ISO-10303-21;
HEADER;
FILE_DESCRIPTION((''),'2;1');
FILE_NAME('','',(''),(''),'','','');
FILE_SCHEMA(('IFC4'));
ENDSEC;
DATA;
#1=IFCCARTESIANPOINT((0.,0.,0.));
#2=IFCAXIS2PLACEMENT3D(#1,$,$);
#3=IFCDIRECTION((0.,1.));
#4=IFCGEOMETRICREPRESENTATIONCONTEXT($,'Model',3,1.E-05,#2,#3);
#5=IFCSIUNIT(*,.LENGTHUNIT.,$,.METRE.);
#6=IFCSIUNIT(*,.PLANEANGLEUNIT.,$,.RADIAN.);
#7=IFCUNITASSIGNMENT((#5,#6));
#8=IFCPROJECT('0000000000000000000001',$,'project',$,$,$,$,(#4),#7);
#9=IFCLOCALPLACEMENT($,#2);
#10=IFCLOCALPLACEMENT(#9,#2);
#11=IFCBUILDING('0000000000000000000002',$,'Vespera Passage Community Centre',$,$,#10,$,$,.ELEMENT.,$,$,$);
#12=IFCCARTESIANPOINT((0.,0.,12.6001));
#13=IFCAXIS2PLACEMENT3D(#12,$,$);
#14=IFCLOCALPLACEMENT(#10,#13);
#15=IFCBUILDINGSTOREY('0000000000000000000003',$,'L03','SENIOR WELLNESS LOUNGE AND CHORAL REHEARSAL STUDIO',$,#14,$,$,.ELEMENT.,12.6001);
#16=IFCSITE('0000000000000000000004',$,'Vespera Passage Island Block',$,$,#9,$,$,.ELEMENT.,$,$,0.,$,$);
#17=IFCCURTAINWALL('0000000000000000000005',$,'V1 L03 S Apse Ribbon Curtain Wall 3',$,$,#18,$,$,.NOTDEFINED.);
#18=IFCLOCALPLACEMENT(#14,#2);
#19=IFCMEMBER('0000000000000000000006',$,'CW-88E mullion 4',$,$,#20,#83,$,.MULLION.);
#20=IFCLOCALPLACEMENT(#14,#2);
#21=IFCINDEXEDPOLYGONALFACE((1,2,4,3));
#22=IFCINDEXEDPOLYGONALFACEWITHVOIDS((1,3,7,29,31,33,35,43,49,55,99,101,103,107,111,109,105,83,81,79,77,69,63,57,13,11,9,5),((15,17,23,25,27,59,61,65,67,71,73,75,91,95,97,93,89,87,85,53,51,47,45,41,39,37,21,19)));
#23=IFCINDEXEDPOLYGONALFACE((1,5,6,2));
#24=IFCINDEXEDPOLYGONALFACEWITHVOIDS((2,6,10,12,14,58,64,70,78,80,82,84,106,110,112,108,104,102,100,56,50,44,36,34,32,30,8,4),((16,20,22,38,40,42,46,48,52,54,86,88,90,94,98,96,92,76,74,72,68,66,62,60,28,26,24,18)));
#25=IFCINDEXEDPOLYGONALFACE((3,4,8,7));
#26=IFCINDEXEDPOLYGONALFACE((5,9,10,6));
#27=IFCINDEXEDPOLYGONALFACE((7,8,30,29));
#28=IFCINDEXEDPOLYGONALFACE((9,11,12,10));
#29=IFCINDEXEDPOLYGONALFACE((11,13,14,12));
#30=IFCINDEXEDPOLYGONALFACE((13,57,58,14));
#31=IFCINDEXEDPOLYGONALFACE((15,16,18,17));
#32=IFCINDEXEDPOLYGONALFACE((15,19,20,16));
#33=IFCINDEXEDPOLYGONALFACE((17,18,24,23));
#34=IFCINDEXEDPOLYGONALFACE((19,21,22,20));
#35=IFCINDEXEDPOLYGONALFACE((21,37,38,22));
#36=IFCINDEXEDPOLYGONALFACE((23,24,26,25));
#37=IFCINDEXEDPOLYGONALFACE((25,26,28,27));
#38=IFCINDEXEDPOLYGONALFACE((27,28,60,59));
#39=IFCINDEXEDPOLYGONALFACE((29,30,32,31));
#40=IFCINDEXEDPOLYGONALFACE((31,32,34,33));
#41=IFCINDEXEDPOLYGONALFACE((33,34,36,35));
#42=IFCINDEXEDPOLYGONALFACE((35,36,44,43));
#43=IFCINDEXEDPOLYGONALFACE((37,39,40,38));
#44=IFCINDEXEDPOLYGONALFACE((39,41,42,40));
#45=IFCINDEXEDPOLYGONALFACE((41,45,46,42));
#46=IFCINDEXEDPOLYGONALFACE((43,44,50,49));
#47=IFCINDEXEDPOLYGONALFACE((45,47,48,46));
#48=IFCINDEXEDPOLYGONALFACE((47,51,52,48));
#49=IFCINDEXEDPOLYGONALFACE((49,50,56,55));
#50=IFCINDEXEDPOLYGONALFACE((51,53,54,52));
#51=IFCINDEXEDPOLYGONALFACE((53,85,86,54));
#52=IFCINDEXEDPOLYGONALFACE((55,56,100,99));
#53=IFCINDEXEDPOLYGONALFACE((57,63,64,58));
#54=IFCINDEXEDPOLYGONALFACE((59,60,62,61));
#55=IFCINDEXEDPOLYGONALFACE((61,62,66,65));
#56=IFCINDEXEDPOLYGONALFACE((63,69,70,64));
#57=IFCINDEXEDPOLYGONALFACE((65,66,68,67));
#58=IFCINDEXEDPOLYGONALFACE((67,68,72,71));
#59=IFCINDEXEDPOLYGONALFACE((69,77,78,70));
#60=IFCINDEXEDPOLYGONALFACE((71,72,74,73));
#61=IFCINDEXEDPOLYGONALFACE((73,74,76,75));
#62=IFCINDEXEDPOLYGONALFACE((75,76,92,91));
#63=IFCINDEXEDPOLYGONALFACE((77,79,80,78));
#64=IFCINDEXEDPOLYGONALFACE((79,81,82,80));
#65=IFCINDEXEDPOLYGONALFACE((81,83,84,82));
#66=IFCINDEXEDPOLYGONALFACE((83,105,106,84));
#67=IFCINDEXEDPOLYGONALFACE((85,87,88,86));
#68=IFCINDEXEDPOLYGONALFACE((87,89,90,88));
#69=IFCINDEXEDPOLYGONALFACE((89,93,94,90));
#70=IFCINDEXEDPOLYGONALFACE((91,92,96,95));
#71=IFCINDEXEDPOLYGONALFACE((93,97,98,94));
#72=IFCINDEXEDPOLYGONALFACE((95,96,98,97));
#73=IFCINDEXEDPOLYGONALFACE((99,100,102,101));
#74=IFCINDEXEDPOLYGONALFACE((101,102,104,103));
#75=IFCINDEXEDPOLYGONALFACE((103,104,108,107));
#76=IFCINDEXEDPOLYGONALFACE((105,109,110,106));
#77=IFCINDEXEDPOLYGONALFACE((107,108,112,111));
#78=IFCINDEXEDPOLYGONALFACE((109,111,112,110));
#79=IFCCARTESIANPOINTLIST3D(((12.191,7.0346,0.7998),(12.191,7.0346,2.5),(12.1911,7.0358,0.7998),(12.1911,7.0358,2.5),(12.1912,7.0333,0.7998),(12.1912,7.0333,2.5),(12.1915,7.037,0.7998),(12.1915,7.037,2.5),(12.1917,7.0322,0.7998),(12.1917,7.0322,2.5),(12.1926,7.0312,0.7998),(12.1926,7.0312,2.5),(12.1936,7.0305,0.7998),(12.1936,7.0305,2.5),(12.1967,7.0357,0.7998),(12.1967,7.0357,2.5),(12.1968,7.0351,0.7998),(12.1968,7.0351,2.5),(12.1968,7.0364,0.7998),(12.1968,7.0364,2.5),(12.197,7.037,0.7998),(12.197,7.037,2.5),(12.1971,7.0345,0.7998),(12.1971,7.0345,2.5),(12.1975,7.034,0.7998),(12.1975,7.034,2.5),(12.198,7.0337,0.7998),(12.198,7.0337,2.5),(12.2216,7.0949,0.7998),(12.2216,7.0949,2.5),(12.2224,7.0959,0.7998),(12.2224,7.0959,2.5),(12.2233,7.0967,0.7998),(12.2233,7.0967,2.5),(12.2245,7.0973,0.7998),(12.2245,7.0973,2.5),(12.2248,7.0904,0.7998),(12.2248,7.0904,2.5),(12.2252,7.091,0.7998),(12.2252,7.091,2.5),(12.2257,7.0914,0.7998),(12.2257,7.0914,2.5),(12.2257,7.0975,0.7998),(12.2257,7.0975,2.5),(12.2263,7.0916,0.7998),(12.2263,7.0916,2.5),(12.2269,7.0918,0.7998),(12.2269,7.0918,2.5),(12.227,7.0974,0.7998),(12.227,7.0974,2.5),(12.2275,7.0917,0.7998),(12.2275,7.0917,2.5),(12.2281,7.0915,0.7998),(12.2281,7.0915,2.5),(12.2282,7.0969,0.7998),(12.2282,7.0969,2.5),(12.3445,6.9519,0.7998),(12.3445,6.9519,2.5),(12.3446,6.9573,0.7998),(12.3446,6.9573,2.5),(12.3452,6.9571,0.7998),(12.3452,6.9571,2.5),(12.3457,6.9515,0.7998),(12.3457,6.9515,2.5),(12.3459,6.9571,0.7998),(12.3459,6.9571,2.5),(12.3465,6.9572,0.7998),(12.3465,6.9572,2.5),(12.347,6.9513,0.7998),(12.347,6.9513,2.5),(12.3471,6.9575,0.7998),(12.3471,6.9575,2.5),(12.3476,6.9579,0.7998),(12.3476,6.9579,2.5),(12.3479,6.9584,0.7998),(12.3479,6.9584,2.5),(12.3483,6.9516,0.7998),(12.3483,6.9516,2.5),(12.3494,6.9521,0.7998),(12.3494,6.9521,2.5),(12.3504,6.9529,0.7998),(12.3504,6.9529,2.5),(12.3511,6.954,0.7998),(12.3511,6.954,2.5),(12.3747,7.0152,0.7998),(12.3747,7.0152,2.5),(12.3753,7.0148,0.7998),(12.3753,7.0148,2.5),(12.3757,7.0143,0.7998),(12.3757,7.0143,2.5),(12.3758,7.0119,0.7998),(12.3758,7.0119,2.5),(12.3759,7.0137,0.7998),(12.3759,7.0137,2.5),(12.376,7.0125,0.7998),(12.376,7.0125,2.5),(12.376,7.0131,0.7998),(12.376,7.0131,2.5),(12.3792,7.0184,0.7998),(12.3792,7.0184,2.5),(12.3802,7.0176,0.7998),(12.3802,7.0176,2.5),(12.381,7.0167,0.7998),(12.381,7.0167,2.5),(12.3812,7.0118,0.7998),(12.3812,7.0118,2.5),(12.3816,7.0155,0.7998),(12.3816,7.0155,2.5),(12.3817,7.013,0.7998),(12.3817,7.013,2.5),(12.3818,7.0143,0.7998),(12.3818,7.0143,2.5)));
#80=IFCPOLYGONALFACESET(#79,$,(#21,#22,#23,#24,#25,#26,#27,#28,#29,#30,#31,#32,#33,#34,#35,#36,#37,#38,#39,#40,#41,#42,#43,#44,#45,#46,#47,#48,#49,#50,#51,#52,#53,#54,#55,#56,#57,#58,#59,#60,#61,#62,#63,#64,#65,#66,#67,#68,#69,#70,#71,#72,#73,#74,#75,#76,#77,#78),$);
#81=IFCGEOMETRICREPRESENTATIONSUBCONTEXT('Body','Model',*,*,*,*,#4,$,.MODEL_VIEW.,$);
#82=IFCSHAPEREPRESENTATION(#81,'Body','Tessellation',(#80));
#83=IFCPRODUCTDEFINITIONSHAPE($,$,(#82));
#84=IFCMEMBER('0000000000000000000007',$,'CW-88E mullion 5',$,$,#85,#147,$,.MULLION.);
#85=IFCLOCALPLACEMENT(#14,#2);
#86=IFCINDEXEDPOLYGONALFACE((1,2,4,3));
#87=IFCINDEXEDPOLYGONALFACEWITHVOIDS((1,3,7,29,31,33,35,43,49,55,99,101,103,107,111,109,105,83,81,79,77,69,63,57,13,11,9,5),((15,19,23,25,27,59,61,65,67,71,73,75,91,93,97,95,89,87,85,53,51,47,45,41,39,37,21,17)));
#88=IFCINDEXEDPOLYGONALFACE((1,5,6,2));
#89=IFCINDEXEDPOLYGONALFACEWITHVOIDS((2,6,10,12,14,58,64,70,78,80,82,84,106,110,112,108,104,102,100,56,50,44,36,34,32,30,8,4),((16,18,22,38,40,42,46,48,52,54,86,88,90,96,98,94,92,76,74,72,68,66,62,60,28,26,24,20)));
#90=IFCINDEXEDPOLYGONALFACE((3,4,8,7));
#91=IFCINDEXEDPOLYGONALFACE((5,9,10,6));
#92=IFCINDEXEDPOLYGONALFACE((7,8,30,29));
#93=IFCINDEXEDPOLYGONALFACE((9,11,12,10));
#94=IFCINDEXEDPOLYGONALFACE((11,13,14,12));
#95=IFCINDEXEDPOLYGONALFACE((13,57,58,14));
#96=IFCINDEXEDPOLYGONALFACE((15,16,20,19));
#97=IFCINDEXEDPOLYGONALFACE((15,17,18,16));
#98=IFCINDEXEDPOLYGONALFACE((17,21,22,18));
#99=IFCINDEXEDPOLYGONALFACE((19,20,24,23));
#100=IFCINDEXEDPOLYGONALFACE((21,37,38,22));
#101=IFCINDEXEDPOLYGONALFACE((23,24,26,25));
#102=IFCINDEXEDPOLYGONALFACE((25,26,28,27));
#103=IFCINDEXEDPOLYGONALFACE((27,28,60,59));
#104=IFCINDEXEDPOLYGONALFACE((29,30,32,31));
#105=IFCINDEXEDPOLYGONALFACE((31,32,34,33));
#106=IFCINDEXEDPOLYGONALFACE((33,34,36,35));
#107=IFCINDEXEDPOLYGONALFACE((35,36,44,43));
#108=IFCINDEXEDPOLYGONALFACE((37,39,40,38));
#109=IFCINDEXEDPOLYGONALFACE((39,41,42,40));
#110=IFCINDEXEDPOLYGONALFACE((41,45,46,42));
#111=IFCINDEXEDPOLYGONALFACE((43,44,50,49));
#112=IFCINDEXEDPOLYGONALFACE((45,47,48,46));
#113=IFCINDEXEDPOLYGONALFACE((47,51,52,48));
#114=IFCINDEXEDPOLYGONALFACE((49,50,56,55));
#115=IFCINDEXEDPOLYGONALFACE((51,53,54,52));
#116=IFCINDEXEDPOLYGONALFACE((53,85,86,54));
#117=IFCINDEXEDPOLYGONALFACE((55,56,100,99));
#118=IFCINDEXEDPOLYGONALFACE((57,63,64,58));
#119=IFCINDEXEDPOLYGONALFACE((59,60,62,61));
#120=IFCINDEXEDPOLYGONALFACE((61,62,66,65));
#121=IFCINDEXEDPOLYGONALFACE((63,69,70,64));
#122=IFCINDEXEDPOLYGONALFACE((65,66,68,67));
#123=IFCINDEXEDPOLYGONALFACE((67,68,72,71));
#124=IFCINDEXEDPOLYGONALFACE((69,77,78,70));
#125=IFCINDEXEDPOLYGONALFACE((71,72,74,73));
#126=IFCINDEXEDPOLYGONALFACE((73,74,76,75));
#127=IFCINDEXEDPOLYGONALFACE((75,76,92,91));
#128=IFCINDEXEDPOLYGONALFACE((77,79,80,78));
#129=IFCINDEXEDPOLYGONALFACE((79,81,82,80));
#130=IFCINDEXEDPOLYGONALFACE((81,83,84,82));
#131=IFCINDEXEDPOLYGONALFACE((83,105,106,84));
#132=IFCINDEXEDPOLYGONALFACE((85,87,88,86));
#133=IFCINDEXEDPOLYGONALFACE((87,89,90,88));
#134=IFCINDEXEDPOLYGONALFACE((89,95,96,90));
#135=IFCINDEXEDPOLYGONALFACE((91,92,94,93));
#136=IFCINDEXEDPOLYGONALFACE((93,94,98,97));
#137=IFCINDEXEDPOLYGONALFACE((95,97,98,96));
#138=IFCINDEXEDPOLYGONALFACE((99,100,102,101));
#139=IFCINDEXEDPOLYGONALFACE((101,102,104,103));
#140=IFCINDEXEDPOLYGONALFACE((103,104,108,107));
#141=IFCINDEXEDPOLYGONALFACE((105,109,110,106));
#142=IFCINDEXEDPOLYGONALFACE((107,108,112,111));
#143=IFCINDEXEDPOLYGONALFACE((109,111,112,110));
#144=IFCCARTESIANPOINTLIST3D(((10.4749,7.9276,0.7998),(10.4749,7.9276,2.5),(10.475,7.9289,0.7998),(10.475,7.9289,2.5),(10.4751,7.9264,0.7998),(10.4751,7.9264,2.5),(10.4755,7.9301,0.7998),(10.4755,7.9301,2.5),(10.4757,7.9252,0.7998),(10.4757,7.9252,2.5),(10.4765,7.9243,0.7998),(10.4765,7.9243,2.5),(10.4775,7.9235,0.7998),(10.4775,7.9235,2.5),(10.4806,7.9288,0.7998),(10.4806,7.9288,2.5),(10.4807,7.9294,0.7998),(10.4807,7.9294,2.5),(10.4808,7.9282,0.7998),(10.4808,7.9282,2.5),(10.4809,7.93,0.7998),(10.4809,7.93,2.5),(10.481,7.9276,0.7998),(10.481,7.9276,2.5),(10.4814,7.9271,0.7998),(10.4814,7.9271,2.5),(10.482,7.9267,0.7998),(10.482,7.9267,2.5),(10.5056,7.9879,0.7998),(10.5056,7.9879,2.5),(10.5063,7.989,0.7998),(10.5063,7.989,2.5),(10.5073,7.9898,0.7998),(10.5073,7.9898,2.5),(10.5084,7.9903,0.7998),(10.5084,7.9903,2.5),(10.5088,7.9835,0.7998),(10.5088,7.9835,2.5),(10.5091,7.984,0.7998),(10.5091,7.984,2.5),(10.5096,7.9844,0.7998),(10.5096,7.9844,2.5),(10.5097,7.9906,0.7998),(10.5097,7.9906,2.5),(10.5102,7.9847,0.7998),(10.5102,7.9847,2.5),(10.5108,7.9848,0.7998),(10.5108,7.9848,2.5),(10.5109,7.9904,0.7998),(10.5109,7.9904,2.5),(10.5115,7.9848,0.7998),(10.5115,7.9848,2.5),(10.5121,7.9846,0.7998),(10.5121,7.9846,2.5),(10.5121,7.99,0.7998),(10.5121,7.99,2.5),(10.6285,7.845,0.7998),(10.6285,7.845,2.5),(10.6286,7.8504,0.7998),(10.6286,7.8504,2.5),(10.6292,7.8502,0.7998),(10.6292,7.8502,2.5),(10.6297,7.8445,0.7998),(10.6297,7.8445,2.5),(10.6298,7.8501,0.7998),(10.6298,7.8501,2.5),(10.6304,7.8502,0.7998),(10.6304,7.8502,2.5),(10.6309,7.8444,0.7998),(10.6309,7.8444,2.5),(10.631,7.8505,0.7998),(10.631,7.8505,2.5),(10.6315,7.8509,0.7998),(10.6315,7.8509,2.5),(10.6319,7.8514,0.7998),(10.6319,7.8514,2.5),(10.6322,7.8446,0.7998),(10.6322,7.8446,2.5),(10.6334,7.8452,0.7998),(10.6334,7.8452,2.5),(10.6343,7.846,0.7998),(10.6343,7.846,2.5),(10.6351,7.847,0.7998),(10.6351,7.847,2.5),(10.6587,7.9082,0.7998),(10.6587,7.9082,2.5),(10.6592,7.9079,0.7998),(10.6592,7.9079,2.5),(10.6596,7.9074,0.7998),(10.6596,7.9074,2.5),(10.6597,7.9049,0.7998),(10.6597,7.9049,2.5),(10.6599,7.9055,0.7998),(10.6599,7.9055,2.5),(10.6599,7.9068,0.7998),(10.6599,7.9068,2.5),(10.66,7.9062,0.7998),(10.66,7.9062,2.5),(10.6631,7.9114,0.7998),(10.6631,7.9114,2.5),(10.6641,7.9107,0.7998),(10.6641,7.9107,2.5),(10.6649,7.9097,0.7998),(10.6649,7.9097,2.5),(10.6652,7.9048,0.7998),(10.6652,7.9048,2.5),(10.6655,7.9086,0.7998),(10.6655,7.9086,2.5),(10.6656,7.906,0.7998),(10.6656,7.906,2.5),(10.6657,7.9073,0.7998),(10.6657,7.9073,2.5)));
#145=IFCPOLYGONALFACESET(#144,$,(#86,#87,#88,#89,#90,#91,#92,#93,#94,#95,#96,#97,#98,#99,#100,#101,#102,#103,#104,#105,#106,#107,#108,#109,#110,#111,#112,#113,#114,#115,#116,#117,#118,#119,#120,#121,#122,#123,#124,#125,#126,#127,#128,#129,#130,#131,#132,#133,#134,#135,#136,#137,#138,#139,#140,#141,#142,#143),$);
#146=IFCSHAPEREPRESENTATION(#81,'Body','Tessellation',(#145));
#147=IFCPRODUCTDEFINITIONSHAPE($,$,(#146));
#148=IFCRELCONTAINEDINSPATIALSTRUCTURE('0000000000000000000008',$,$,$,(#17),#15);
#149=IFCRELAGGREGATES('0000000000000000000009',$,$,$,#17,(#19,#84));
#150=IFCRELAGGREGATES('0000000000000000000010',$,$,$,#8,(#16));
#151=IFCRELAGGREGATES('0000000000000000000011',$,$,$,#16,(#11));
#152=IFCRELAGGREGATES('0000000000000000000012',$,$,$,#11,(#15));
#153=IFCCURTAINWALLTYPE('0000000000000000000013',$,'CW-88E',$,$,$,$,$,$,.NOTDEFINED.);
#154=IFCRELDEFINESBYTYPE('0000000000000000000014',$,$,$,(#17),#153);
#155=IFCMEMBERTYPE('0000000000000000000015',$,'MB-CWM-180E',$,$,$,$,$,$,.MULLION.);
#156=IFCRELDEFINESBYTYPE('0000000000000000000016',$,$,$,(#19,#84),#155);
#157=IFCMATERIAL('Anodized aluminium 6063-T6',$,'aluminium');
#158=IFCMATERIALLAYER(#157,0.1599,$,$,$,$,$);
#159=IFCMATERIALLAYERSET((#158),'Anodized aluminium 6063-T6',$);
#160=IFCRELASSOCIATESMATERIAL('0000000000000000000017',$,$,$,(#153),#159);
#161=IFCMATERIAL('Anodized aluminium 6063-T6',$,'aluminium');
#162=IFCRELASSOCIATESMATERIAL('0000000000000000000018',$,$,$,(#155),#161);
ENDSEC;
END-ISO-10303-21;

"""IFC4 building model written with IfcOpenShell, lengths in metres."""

from ifc_helpers import new_model, si_unit, direction, frame, origin, origin_2d, place, context, subcontext, project, spatial, hollow_rectangle, extrude, material, layer, layer_set, material_profile, profile_set, type_object, element, aggregate, save


model = new_model("IFC4")

# Units and contexts
model_context = context("Model", 3, precision=1e-05, world=origin(), true_north=direction((0.0, 1.0)))
body_context = subcontext(model_context, "Body", "Model", "MODEL_VIEW")
ifc_project = project(units=[si_unit("LENGTHUNIT", "METRE"), si_unit("PLANEANGLEUNIT", "RADIAN")], contexts=[model_context])

# Site, building, storey
site_placement = place(None, origin())
site = spatial("IfcSite", under=ifc_project, at=site_placement, Name="Vespera Passage Island Block", CompositionType="ELEMENT", RefElevation=0.0)
building_placement = place(site_placement, origin())
building = spatial("IfcBuilding", under=site, at=building_placement, Name="Vespera Passage Community Centre", CompositionType="ELEMENT")
storey_placement = place(building_placement, frame((0.0, 0.0, 12.6001)))
storey = spatial("IfcBuildingStorey", under=building, at=storey_placement, Name="L03", Description="SENIOR WELLNESS LOUNGE AND CHORAL REHEARSAL STUDIO", CompositionType="ELEMENT", Elevation=12.6001)

# Curtain wall, members
ifc_material_1 = material(Name="Anodized aluminium 6063-T6", Category="aluminium")
ifc_layer_1 = layer(ifc_material_1, 0.1599)
ifc_layer_set_1 = layer_set([ifc_layer_1], Name="Anodized aluminium 6063-T6")
curtain_wall_type = type_object("IfcCurtainWallType", Name="CW-88E", PredefinedType="NOTDEFINED", material=ifc_layer_set_1)
curtain_wall_placement = place(storey_placement, origin())
curtain_wall = element("IfcCurtainWall", 1, at=curtain_wall_placement, inside=storey, type_object=curtain_wall_type, Name="V1 L03 S Apse Ribbon Curtain Wall 3", PredefinedType="NOTDEFINED")
ifc_material_2 = material(Name="Anodized aluminium 6063-T6", Category="aluminium")
ifc_material_profile_1 = material_profile(ifc_material_2, hollow_rectangle(XDim=0.075, YDim=0.1799, WallThickness=0.0049, InnerFilletRadius=0.0024, OuterFilletRadius=0.0049, at=origin_2d()), Name="ALU180X75X5")
ifc_profile_set_1 = profile_set([ifc_material_profile_1], Name="Anodized aluminium 6063-T6")
member_type_1 = type_object("IfcMemberType", Name="MB-CWM-180E", PredefinedType="MULLION", material=ifc_profile_set_1)
member_1_placement = place(storey_placement, frame((12.2864, 7.0244, 0.7998), z_axis=(0.0, 0.0, 1.0), x_axis=(-0.461745, -0.887013, 0.0)))
member_1 = element("IfcMember", 2, at=member_1_placement, type_object=member_type_1, Name="CW-88E mullion 4", PredefinedType="MULLION", context=body_context, shape_type="SweptSolid", body=[
    extrude(hollow_rectangle(XDim=0.075, YDim=0.1799, WallThickness=0.0049, InnerFilletRadius=0.0024, OuterFilletRadius=0.0049, at=origin_2d()), origin(), (0.0, 0.0, 1.0), 1.7002),
])
member_2_placement = place(storey_placement, frame((10.5703, 7.9175, 0.7998), z_axis=(0.0, 0.0, 1.0), x_axis=(-0.461745, -0.887013, 0.0)))
member_2 = element("IfcMember", 3, at=member_2_placement, type_object=member_type_1, Name="CW-88E mullion 5", PredefinedType="MULLION", context=body_context, shape_type="SweptSolid", body=[
    extrude(hollow_rectangle(XDim=0.075, YDim=0.1799, WallThickness=0.0049, InnerFilletRadius=0.0024, OuterFilletRadius=0.0049, at=origin_2d()), origin(), (0.0, 0.0, 1.0), 1.7002),
])
aggregate(curtain_wall, [member_1, member_2])

save(model, "model.ifc")
